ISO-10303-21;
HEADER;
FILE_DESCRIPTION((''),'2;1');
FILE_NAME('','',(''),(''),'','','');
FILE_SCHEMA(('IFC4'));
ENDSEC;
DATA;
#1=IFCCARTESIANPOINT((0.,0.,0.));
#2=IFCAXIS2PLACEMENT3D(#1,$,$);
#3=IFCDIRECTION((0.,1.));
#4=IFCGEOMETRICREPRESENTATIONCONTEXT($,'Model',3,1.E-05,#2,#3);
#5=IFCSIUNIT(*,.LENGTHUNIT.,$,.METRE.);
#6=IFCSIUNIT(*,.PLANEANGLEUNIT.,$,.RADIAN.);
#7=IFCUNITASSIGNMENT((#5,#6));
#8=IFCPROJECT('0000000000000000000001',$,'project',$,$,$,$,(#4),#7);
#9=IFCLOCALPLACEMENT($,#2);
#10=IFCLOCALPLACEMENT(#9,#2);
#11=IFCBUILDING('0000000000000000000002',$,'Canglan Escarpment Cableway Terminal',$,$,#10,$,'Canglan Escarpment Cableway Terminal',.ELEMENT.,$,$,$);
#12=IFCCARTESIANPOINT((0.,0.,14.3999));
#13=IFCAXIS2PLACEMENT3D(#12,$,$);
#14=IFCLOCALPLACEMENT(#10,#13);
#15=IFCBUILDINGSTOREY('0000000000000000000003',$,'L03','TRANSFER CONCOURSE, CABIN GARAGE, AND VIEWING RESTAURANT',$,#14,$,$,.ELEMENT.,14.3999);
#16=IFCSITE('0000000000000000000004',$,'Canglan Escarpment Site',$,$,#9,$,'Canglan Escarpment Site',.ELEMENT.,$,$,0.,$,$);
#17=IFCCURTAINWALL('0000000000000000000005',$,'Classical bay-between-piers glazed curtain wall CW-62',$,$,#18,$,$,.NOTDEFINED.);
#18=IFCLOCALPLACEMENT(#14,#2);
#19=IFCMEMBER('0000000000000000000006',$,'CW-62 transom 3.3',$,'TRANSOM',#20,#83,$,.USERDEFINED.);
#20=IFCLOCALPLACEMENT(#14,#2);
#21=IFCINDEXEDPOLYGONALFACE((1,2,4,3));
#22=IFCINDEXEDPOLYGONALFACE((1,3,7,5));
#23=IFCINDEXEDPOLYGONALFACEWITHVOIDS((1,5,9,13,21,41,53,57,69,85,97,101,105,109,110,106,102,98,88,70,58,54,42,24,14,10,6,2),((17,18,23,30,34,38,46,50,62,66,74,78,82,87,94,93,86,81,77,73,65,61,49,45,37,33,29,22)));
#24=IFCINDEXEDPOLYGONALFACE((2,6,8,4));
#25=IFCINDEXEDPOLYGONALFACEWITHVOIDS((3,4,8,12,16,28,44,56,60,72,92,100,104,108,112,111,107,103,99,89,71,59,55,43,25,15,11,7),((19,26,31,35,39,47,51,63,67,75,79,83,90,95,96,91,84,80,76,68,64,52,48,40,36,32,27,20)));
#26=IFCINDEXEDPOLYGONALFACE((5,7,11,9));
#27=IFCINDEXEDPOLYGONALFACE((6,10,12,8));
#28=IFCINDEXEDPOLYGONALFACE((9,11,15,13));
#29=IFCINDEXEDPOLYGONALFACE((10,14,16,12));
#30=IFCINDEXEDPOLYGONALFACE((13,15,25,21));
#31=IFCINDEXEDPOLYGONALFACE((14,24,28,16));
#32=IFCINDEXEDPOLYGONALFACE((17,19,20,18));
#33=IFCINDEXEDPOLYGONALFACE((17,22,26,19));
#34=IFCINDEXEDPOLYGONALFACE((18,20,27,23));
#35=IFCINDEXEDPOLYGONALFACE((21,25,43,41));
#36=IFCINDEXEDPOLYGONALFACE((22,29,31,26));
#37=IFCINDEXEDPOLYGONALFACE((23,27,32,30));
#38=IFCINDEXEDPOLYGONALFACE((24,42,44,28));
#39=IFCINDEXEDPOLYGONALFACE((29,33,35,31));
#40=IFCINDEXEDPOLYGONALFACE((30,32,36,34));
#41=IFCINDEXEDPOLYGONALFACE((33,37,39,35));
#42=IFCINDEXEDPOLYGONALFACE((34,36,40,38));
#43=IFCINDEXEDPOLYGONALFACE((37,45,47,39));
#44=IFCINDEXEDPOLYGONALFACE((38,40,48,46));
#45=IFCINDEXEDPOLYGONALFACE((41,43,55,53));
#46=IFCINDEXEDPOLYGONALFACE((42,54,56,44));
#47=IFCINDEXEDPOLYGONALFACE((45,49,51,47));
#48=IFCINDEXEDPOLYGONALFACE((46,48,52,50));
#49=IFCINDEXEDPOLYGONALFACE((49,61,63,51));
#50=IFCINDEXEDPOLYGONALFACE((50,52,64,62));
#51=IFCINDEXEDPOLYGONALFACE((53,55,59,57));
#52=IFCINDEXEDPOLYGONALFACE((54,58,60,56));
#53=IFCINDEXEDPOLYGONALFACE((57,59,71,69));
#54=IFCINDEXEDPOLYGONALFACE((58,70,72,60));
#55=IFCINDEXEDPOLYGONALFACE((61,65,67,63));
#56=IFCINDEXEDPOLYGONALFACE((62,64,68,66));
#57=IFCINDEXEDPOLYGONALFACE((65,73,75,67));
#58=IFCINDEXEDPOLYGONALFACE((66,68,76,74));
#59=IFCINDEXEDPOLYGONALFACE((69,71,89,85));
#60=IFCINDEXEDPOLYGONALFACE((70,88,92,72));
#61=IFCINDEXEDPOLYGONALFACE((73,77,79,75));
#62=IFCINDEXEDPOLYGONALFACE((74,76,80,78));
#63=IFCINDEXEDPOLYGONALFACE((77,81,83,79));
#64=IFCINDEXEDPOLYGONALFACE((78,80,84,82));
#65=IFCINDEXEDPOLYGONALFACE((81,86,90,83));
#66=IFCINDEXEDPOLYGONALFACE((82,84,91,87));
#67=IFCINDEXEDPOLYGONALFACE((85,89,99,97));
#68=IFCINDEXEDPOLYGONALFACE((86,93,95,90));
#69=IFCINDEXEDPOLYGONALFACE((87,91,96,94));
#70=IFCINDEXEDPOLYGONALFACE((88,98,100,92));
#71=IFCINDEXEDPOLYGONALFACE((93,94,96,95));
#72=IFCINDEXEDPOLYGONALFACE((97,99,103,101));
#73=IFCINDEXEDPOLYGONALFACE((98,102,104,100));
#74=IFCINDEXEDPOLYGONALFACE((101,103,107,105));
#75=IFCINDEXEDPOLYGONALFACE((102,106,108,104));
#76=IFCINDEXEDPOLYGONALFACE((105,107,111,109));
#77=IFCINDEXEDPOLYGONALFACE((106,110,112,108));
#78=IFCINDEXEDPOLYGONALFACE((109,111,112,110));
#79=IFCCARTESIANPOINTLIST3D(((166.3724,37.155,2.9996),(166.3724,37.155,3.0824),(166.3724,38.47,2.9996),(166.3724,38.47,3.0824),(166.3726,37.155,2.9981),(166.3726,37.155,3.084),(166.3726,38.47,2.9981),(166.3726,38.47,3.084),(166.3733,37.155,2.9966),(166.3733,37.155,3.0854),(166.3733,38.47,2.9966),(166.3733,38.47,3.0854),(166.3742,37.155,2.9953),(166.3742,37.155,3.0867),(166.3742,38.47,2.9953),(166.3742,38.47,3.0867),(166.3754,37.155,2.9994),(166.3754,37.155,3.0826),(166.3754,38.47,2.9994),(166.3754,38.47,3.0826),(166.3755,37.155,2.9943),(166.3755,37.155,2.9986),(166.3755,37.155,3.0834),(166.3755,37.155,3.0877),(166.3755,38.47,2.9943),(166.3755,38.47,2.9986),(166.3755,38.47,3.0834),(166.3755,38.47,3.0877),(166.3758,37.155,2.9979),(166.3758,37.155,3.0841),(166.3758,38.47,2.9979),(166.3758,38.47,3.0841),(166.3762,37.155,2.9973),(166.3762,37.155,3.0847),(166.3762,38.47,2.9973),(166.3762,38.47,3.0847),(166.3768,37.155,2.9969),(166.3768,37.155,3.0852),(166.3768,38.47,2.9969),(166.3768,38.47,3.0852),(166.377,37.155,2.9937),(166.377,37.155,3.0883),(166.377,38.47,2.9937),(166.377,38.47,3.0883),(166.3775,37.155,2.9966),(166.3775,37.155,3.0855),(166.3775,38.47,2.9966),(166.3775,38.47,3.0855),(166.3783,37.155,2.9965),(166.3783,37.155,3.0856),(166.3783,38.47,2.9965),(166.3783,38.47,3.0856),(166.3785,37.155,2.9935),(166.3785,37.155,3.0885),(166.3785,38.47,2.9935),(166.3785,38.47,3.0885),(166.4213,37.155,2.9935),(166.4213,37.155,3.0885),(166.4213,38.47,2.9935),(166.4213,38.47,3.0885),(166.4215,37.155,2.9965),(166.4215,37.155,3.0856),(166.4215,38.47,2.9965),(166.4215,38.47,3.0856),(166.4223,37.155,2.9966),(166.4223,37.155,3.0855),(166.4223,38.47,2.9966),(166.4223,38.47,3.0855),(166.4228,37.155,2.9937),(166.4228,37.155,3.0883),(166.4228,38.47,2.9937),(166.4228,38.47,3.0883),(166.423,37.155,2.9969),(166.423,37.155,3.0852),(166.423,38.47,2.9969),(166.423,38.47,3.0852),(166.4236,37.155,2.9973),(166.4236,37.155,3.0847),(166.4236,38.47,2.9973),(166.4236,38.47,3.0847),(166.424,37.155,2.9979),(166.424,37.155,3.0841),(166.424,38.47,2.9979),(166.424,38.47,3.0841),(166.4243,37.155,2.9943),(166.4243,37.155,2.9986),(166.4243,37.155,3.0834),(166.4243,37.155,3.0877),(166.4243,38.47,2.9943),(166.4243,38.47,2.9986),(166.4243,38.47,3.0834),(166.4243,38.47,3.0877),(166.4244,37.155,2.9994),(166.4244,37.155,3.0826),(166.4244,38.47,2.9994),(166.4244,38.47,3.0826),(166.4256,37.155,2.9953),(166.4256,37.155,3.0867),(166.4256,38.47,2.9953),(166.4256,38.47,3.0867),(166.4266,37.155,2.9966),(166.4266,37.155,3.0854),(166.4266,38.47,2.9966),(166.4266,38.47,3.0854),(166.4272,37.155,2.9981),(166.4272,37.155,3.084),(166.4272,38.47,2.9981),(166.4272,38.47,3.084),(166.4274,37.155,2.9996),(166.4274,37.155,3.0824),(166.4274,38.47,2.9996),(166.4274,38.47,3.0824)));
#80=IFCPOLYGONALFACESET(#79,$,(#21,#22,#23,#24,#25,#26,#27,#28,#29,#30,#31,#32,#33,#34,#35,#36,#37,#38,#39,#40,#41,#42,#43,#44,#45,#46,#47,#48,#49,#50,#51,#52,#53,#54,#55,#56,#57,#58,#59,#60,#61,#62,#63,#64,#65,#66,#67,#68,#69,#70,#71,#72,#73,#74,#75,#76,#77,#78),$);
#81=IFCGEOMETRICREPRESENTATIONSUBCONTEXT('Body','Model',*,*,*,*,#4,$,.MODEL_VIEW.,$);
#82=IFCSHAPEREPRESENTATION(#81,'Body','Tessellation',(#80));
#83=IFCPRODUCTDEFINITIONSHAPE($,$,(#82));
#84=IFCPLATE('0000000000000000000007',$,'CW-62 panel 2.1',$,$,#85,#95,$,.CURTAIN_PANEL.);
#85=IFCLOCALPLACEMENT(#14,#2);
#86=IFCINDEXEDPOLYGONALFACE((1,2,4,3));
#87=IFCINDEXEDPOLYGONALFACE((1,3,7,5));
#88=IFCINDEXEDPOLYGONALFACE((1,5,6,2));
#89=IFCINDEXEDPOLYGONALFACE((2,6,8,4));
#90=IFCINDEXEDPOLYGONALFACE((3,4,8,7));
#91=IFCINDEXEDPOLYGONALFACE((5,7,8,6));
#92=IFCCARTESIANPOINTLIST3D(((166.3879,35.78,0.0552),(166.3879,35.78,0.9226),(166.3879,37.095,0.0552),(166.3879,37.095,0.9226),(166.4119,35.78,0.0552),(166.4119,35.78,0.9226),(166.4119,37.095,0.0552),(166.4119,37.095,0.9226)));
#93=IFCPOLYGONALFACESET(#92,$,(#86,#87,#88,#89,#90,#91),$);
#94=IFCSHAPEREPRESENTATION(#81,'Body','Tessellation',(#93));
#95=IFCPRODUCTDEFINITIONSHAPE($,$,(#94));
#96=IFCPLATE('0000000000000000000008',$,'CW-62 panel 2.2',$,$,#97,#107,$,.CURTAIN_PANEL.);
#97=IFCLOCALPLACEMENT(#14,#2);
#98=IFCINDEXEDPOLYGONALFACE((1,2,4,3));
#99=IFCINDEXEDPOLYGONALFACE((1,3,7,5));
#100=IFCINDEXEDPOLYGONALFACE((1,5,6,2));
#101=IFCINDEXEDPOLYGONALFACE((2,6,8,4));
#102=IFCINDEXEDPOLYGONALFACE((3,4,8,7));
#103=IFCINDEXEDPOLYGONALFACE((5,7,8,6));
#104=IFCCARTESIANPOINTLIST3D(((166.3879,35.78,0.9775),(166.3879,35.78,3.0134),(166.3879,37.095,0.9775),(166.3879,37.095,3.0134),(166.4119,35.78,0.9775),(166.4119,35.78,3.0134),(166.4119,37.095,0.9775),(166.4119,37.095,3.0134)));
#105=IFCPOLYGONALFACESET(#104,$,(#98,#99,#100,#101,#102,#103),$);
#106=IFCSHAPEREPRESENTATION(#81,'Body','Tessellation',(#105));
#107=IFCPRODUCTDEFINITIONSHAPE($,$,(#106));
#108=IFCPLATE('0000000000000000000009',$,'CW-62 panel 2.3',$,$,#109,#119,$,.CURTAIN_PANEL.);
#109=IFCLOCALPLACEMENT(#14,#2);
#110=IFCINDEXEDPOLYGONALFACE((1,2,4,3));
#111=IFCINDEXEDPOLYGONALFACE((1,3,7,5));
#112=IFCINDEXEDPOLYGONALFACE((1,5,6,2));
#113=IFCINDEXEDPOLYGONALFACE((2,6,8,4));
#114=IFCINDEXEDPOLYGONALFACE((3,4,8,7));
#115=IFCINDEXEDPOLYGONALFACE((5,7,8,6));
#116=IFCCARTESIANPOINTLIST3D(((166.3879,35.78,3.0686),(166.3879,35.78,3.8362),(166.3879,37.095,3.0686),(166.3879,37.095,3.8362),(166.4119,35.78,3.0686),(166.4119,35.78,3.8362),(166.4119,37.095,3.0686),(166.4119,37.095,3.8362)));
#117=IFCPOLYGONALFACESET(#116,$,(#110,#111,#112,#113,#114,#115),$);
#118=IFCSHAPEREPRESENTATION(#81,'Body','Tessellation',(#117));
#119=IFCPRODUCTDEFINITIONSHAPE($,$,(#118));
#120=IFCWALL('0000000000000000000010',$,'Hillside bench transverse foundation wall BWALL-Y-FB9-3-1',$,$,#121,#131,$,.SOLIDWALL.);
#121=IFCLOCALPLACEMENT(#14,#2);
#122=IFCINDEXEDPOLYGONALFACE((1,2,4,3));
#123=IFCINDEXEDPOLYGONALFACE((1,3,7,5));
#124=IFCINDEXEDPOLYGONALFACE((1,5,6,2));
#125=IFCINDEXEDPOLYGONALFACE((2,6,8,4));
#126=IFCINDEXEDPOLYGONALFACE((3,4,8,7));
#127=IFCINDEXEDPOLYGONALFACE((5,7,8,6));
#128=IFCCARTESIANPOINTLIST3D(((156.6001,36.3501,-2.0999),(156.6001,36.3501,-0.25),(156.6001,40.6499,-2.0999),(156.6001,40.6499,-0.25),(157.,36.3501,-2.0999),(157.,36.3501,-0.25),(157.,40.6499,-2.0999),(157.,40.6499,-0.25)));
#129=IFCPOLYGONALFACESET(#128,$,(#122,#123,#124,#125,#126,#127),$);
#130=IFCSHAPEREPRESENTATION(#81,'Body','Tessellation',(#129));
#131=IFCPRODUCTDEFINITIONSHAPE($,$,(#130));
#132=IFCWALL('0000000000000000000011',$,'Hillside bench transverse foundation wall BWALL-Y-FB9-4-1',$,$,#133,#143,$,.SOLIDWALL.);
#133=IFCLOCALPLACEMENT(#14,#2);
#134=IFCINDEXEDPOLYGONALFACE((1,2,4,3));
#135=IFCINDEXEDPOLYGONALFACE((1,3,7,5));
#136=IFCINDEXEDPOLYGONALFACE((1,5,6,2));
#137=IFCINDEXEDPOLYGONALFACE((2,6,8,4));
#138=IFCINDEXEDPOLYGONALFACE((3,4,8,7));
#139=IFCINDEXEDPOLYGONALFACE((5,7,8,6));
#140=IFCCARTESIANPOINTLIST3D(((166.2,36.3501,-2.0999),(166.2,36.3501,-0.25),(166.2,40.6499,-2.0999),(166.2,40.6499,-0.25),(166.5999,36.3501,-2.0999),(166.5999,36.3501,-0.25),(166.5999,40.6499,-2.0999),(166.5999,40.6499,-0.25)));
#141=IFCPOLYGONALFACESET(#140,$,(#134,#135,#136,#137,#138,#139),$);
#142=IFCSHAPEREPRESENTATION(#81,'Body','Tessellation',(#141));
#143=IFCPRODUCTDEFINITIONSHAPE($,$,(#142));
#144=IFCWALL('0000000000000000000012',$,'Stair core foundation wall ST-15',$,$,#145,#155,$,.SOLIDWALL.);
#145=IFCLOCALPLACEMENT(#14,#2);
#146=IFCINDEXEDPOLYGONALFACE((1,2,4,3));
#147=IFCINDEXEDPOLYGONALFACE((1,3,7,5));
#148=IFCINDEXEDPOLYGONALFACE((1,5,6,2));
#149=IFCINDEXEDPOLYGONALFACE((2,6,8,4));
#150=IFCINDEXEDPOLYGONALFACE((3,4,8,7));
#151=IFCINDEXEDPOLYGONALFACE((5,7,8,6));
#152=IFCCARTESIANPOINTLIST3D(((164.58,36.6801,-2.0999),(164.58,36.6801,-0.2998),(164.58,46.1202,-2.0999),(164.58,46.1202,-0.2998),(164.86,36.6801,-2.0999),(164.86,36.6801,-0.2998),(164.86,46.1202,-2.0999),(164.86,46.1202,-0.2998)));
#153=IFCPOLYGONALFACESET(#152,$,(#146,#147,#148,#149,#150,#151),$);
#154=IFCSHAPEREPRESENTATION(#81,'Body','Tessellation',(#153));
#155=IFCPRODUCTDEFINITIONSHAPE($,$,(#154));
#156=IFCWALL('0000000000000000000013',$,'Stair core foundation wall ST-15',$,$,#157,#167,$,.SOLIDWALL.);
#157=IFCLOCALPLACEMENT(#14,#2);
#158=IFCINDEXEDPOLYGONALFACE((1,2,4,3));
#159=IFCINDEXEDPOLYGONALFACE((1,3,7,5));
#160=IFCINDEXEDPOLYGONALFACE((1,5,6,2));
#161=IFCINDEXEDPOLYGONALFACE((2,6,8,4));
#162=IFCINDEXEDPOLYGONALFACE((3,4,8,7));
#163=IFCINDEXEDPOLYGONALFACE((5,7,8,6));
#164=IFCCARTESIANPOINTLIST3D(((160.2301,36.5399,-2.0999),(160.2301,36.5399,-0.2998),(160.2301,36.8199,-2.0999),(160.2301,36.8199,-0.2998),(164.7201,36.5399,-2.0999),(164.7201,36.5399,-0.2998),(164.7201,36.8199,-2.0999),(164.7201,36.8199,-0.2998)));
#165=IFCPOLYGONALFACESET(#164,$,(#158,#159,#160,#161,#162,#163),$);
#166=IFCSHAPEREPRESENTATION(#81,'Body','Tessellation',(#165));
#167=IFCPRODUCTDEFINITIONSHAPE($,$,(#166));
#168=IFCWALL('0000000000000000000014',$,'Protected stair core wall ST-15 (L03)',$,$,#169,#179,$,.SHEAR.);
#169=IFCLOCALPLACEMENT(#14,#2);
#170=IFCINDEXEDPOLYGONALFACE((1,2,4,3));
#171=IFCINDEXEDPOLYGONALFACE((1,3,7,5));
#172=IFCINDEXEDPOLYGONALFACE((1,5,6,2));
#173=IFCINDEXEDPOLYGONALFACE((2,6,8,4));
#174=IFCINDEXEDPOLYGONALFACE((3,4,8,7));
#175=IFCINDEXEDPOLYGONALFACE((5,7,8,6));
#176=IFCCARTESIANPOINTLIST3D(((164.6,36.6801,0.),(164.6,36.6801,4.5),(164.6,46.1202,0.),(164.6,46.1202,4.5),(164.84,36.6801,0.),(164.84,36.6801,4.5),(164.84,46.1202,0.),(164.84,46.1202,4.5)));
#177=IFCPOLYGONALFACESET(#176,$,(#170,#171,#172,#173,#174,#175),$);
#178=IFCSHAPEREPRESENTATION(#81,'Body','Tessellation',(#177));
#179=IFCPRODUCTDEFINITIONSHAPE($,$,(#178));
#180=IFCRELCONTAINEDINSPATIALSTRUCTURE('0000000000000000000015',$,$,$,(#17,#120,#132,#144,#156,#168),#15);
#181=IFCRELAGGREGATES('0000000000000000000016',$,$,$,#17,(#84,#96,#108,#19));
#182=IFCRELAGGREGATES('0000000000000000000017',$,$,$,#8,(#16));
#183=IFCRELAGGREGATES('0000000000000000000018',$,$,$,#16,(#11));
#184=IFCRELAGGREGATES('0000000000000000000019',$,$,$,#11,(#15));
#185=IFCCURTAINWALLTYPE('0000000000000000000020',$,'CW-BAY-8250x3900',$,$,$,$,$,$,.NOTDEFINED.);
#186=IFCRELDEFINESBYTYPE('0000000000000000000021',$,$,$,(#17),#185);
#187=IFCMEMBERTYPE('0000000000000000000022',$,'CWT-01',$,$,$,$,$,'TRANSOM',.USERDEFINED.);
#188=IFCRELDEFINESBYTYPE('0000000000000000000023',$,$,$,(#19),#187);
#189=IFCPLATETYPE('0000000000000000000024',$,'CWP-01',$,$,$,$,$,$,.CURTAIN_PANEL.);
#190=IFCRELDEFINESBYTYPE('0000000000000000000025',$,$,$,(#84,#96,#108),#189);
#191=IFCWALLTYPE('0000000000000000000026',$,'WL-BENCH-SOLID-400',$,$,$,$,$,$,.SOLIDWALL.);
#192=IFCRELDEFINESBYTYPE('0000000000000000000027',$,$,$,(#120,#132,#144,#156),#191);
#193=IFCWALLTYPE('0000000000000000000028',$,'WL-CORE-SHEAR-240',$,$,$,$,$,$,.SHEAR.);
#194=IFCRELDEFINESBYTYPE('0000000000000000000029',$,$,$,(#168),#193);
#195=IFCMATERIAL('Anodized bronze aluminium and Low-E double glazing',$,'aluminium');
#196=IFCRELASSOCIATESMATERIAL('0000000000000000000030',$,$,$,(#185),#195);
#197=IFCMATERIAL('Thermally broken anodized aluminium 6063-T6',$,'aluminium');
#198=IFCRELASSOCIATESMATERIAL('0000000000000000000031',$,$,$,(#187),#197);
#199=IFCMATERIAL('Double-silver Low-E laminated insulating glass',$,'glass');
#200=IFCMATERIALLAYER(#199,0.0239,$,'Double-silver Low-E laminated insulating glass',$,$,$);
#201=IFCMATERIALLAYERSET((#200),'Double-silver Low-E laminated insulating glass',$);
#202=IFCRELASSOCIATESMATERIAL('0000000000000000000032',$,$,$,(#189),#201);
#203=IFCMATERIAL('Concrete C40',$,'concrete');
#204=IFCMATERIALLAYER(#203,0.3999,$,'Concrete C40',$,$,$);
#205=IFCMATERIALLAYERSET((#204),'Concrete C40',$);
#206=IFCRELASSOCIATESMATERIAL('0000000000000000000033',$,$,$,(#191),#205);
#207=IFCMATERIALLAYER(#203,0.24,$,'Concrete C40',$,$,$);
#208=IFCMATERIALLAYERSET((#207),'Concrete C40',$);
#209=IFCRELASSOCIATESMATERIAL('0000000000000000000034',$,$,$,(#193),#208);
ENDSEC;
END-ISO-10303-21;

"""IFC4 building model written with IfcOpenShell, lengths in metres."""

from ifc_helpers import new_model, si_unit, direction, frame, frame_2d, origin, origin_2d, place, context, subcontext, project, spatial, rectangle, hollow_rectangle, extrude, material, layer, layer_set, material_profile, profile_set, type_object, element, aggregate, save


model = new_model("IFC4")

# Units and contexts
model_context = context("Model", 3, precision=1e-05, world=origin(), true_north=direction((0.0, 1.0)))
body_context = subcontext(model_context, "Body", "Model", "MODEL_VIEW")
ifc_project = project(units=[si_unit("LENGTHUNIT", "METRE"), si_unit("PLANEANGLEUNIT", "RADIAN")], contexts=[model_context])

# Site, building, storey
site_placement = place(None, origin())
site = spatial("IfcSite", under=ifc_project, at=site_placement, Name="Canglan Escarpment Site", LongName="Canglan Escarpment Site", CompositionType="ELEMENT", RefElevation=0.0)
building_placement = place(site_placement, origin())
building = spatial("IfcBuilding", under=site, at=building_placement, Name="Canglan Escarpment Cableway Terminal", LongName="Canglan Escarpment Cableway Terminal", CompositionType="ELEMENT")
storey_placement = place(building_placement, frame((0.0, 0.0, 14.3999)))
storey = spatial("IfcBuildingStorey", under=building, at=storey_placement, Name="L03", Description="TRANSFER CONCOURSE, CABIN GARAGE, AND VIEWING RESTAURANT", CompositionType="ELEMENT", Elevation=14.3999)

# Shared definitions
ifc_material_1 = material(Name="Concrete C40", Category="concrete")

# Curtain wall, member, plates
ifc_material_2 = material(Name="Anodized bronze aluminium and Low-E double glazing", Category="aluminium")
curtain_wall_type = type_object("IfcCurtainWallType", Name="CW-BAY-8250x3900", PredefinedType="NOTDEFINED", material=ifc_material_2)
curtain_wall_placement = place(storey_placement, origin())
curtain_wall = element("IfcCurtainWall", 1, at=curtain_wall_placement, inside=storey, type_object=curtain_wall_type, Name="Classical bay-between-piers glazed curtain wall CW-62", PredefinedType="NOTDEFINED")
ifc_material_3 = material(Name="Thermally broken anodized aluminium 6063-T6", Category="aluminium")
ifc_material_profile_1 = material_profile(ifc_material_3, hollow_rectangle(XDim=0.0549, YDim=0.095, WallThickness=0.0029, InnerFilletRadius=0.0029, OuterFilletRadius=0.0061, at=origin_2d()), Name="ALU-TRAN 55x95x3")
ifc_profile_set_1 = profile_set([ifc_material_profile_1], Name="Thermally broken anodized aluminium 6063-T6")
member_type_1 = type_object("IfcMemberType", Name="CWT-01", ElementType="TRANSOM", PredefinedType="USERDEFINED", material=ifc_profile_set_1)
member_1_placement = place(storey_placement, frame((166.3999, 37.155, 3.041), z_axis=(0.0, 1.0, 0.0), x_axis=(-1.0, 0.0, 0.0)))
member_1 = element("IfcMember", 2, at=member_1_placement, type_object=member_type_1, Name="CW-62 transom 3.3", ObjectType="TRANSOM", PredefinedType="USERDEFINED", context=body_context, shape_type="SweptSolid", body=[
    extrude(hollow_rectangle(XDim=0.0549, YDim=0.095, WallThickness=0.0029, InnerFilletRadius=0.0029, OuterFilletRadius=0.0061, at=origin_2d()), origin(), (0.0, 0.0, 1.0), 1.3149),
])
ifc_material_4 = material(Name="Double-silver Low-E laminated insulating glass", Category="glass")
ifc_layer_1 = layer(ifc_material_4, 0.0239, Name="Double-silver Low-E laminated insulating glass")
ifc_layer_set_1 = layer_set([ifc_layer_1], Name="Double-silver Low-E laminated insulating glass")
plate_type = type_object("IfcPlateType", Name="CWP-01", PredefinedType="CURTAIN_PANEL", material=ifc_layer_set_1)
plate_1_placement = place(storey_placement, frame((166.3999, 36.4375, 0.0552), z_axis=(0.0, 0.0, 1.0), x_axis=(0.0, 1.0, 0.0)))
plate_1 = element("IfcPlate", 3, at=plate_1_placement, type_object=plate_type, Name="CW-62 panel 2.1", PredefinedType="CURTAIN_PANEL", context=body_context, shape_type="SweptSolid", body=[
    extrude(rectangle(XDim=1.3149, YDim=0.0239, at=origin_2d()), origin(), (0.0, 0.0, 1.0), 0.8674),
])
plate_2_placement = place(storey_placement, frame((166.3999, 36.4375, 0.9775), z_axis=(0.0, 0.0, 1.0), x_axis=(0.0, 1.0, 0.0)))
plate_2 = element("IfcPlate", 4, at=plate_2_placement, type_object=plate_type, Name="CW-62 panel 2.2", PredefinedType="CURTAIN_PANEL", context=body_context, shape_type="SweptSolid", body=[
    extrude(rectangle(XDim=1.3149, YDim=0.0239, at=origin_2d()), origin(), (0.0, 0.0, 1.0), 2.0359),
])
plate_3_placement = place(storey_placement, frame((166.3999, 36.4375, 3.0686), z_axis=(0.0, 0.0, 1.0), x_axis=(0.0, 1.0, 0.0)))
plate_3 = element("IfcPlate", 5, at=plate_3_placement, type_object=plate_type, Name="CW-62 panel 2.3", PredefinedType="CURTAIN_PANEL", context=body_context, shape_type="SweptSolid", body=[
    extrude(rectangle(XDim=1.3149, YDim=0.0239, at=origin_2d()), origin(), (0.0, 0.0, 1.0), 0.7676),
])
aggregate(curtain_wall, [plate_1, plate_2, plate_3, member_1])

# Walls
ifc_layer_2 = layer(ifc_material_1, 0.3999, Name="Concrete C40")
ifc_layer_set_2 = layer_set([ifc_layer_2], Name="Concrete C40")
wall_type_1 = type_object("IfcWallType", Name="WL-BENCH-SOLID-400", PredefinedType="SOLIDWALL", material=ifc_layer_set_2)
for number, where, z_axis, x_axis, name in (
    (6, (156.8, 36.3501, -2.0999), (0.0, 0.0, 1.0), (0.0, 1.0, 0.0), "Hillside bench transverse foundation wall BWALL-Y-FB9-3-1"),
    (7, (166.3999, 36.3501, -2.0999), (0.0, 0.0, 1.0), (0.0, 1.0, 0.0), "Hillside bench transverse foundation wall BWALL-Y-FB9-4-1"),
):
    element("IfcWall", number, at=place(storey_placement, frame(where, z_axis=z_axis, x_axis=x_axis)), inside=storey, type_object=wall_type_1, Name=name, PredefinedType="SOLIDWALL", context=body_context, shape_type="SweptSolid", body=[
        extrude(rectangle(XDim=4.2998, YDim=0.3999, at=frame_2d((2.1499, 0.0))), origin(), (0.0, 0.0, 1.0), 1.8499),
    ])
wall_1_placement = place(storey_placement, frame((164.72, 36.6799, -2.0999), z_axis=(0.0, 0.0, 1.0), x_axis=(0.0, 1.0, 0.0)))
element("IfcWall", 8, at=wall_1_placement, inside=storey, type_object=wall_type_1, Name="Stair core foundation wall ST-15", PredefinedType="SOLIDWALL", context=body_context, shape_type="SweptSolid", body=[
    extrude(rectangle(XDim=9.4402, YDim=0.28, at=frame_2d((4.7202, 0.0))), origin(), (0.0, 0.0, 1.0), 1.8),
])
wall_2_placement = place(storey_placement, frame((160.23, 36.6799, -2.0999), z_axis=(0.0, 0.0, 1.0), x_axis=(1.0, 0.0, 0.0)))
element("IfcWall", 9, at=wall_2_placement, inside=storey, type_object=wall_type_1, Name="Stair core foundation wall ST-15", PredefinedType="SOLIDWALL", context=body_context, shape_type="SweptSolid", body=[
    extrude(rectangle(XDim=4.49, YDim=0.28, at=frame_2d((2.2451, 0.0))), origin(), (0.0, 0.0, 1.0), 1.8),
])
ifc_layer_3 = layer(ifc_material_1, 0.24, Name="Concrete C40")
ifc_layer_set_3 = layer_set([ifc_layer_3], Name="Concrete C40")
wall_type_2 = type_object("IfcWallType", Name="WL-CORE-SHEAR-240", PredefinedType="SHEAR", material=ifc_layer_set_3)
wall_3_placement = place(storey_placement, frame((164.72, 36.6799, 0.0), z_axis=(0.0, 0.0, 1.0), x_axis=(0.0, 1.0, 0.0)))
element("IfcWall", 10, at=wall_3_placement, inside=storey, type_object=wall_type_2, Name="Protected stair core wall ST-15 (L03)", PredefinedType="SHEAR", context=body_context, shape_type="SweptSolid", body=[
    extrude(rectangle(XDim=9.4402, YDim=0.24, at=frame_2d((4.7202, 0.0))), origin(), (0.0, 0.0, 1.0), 4.5),
])

save(model, "model.ifc")
